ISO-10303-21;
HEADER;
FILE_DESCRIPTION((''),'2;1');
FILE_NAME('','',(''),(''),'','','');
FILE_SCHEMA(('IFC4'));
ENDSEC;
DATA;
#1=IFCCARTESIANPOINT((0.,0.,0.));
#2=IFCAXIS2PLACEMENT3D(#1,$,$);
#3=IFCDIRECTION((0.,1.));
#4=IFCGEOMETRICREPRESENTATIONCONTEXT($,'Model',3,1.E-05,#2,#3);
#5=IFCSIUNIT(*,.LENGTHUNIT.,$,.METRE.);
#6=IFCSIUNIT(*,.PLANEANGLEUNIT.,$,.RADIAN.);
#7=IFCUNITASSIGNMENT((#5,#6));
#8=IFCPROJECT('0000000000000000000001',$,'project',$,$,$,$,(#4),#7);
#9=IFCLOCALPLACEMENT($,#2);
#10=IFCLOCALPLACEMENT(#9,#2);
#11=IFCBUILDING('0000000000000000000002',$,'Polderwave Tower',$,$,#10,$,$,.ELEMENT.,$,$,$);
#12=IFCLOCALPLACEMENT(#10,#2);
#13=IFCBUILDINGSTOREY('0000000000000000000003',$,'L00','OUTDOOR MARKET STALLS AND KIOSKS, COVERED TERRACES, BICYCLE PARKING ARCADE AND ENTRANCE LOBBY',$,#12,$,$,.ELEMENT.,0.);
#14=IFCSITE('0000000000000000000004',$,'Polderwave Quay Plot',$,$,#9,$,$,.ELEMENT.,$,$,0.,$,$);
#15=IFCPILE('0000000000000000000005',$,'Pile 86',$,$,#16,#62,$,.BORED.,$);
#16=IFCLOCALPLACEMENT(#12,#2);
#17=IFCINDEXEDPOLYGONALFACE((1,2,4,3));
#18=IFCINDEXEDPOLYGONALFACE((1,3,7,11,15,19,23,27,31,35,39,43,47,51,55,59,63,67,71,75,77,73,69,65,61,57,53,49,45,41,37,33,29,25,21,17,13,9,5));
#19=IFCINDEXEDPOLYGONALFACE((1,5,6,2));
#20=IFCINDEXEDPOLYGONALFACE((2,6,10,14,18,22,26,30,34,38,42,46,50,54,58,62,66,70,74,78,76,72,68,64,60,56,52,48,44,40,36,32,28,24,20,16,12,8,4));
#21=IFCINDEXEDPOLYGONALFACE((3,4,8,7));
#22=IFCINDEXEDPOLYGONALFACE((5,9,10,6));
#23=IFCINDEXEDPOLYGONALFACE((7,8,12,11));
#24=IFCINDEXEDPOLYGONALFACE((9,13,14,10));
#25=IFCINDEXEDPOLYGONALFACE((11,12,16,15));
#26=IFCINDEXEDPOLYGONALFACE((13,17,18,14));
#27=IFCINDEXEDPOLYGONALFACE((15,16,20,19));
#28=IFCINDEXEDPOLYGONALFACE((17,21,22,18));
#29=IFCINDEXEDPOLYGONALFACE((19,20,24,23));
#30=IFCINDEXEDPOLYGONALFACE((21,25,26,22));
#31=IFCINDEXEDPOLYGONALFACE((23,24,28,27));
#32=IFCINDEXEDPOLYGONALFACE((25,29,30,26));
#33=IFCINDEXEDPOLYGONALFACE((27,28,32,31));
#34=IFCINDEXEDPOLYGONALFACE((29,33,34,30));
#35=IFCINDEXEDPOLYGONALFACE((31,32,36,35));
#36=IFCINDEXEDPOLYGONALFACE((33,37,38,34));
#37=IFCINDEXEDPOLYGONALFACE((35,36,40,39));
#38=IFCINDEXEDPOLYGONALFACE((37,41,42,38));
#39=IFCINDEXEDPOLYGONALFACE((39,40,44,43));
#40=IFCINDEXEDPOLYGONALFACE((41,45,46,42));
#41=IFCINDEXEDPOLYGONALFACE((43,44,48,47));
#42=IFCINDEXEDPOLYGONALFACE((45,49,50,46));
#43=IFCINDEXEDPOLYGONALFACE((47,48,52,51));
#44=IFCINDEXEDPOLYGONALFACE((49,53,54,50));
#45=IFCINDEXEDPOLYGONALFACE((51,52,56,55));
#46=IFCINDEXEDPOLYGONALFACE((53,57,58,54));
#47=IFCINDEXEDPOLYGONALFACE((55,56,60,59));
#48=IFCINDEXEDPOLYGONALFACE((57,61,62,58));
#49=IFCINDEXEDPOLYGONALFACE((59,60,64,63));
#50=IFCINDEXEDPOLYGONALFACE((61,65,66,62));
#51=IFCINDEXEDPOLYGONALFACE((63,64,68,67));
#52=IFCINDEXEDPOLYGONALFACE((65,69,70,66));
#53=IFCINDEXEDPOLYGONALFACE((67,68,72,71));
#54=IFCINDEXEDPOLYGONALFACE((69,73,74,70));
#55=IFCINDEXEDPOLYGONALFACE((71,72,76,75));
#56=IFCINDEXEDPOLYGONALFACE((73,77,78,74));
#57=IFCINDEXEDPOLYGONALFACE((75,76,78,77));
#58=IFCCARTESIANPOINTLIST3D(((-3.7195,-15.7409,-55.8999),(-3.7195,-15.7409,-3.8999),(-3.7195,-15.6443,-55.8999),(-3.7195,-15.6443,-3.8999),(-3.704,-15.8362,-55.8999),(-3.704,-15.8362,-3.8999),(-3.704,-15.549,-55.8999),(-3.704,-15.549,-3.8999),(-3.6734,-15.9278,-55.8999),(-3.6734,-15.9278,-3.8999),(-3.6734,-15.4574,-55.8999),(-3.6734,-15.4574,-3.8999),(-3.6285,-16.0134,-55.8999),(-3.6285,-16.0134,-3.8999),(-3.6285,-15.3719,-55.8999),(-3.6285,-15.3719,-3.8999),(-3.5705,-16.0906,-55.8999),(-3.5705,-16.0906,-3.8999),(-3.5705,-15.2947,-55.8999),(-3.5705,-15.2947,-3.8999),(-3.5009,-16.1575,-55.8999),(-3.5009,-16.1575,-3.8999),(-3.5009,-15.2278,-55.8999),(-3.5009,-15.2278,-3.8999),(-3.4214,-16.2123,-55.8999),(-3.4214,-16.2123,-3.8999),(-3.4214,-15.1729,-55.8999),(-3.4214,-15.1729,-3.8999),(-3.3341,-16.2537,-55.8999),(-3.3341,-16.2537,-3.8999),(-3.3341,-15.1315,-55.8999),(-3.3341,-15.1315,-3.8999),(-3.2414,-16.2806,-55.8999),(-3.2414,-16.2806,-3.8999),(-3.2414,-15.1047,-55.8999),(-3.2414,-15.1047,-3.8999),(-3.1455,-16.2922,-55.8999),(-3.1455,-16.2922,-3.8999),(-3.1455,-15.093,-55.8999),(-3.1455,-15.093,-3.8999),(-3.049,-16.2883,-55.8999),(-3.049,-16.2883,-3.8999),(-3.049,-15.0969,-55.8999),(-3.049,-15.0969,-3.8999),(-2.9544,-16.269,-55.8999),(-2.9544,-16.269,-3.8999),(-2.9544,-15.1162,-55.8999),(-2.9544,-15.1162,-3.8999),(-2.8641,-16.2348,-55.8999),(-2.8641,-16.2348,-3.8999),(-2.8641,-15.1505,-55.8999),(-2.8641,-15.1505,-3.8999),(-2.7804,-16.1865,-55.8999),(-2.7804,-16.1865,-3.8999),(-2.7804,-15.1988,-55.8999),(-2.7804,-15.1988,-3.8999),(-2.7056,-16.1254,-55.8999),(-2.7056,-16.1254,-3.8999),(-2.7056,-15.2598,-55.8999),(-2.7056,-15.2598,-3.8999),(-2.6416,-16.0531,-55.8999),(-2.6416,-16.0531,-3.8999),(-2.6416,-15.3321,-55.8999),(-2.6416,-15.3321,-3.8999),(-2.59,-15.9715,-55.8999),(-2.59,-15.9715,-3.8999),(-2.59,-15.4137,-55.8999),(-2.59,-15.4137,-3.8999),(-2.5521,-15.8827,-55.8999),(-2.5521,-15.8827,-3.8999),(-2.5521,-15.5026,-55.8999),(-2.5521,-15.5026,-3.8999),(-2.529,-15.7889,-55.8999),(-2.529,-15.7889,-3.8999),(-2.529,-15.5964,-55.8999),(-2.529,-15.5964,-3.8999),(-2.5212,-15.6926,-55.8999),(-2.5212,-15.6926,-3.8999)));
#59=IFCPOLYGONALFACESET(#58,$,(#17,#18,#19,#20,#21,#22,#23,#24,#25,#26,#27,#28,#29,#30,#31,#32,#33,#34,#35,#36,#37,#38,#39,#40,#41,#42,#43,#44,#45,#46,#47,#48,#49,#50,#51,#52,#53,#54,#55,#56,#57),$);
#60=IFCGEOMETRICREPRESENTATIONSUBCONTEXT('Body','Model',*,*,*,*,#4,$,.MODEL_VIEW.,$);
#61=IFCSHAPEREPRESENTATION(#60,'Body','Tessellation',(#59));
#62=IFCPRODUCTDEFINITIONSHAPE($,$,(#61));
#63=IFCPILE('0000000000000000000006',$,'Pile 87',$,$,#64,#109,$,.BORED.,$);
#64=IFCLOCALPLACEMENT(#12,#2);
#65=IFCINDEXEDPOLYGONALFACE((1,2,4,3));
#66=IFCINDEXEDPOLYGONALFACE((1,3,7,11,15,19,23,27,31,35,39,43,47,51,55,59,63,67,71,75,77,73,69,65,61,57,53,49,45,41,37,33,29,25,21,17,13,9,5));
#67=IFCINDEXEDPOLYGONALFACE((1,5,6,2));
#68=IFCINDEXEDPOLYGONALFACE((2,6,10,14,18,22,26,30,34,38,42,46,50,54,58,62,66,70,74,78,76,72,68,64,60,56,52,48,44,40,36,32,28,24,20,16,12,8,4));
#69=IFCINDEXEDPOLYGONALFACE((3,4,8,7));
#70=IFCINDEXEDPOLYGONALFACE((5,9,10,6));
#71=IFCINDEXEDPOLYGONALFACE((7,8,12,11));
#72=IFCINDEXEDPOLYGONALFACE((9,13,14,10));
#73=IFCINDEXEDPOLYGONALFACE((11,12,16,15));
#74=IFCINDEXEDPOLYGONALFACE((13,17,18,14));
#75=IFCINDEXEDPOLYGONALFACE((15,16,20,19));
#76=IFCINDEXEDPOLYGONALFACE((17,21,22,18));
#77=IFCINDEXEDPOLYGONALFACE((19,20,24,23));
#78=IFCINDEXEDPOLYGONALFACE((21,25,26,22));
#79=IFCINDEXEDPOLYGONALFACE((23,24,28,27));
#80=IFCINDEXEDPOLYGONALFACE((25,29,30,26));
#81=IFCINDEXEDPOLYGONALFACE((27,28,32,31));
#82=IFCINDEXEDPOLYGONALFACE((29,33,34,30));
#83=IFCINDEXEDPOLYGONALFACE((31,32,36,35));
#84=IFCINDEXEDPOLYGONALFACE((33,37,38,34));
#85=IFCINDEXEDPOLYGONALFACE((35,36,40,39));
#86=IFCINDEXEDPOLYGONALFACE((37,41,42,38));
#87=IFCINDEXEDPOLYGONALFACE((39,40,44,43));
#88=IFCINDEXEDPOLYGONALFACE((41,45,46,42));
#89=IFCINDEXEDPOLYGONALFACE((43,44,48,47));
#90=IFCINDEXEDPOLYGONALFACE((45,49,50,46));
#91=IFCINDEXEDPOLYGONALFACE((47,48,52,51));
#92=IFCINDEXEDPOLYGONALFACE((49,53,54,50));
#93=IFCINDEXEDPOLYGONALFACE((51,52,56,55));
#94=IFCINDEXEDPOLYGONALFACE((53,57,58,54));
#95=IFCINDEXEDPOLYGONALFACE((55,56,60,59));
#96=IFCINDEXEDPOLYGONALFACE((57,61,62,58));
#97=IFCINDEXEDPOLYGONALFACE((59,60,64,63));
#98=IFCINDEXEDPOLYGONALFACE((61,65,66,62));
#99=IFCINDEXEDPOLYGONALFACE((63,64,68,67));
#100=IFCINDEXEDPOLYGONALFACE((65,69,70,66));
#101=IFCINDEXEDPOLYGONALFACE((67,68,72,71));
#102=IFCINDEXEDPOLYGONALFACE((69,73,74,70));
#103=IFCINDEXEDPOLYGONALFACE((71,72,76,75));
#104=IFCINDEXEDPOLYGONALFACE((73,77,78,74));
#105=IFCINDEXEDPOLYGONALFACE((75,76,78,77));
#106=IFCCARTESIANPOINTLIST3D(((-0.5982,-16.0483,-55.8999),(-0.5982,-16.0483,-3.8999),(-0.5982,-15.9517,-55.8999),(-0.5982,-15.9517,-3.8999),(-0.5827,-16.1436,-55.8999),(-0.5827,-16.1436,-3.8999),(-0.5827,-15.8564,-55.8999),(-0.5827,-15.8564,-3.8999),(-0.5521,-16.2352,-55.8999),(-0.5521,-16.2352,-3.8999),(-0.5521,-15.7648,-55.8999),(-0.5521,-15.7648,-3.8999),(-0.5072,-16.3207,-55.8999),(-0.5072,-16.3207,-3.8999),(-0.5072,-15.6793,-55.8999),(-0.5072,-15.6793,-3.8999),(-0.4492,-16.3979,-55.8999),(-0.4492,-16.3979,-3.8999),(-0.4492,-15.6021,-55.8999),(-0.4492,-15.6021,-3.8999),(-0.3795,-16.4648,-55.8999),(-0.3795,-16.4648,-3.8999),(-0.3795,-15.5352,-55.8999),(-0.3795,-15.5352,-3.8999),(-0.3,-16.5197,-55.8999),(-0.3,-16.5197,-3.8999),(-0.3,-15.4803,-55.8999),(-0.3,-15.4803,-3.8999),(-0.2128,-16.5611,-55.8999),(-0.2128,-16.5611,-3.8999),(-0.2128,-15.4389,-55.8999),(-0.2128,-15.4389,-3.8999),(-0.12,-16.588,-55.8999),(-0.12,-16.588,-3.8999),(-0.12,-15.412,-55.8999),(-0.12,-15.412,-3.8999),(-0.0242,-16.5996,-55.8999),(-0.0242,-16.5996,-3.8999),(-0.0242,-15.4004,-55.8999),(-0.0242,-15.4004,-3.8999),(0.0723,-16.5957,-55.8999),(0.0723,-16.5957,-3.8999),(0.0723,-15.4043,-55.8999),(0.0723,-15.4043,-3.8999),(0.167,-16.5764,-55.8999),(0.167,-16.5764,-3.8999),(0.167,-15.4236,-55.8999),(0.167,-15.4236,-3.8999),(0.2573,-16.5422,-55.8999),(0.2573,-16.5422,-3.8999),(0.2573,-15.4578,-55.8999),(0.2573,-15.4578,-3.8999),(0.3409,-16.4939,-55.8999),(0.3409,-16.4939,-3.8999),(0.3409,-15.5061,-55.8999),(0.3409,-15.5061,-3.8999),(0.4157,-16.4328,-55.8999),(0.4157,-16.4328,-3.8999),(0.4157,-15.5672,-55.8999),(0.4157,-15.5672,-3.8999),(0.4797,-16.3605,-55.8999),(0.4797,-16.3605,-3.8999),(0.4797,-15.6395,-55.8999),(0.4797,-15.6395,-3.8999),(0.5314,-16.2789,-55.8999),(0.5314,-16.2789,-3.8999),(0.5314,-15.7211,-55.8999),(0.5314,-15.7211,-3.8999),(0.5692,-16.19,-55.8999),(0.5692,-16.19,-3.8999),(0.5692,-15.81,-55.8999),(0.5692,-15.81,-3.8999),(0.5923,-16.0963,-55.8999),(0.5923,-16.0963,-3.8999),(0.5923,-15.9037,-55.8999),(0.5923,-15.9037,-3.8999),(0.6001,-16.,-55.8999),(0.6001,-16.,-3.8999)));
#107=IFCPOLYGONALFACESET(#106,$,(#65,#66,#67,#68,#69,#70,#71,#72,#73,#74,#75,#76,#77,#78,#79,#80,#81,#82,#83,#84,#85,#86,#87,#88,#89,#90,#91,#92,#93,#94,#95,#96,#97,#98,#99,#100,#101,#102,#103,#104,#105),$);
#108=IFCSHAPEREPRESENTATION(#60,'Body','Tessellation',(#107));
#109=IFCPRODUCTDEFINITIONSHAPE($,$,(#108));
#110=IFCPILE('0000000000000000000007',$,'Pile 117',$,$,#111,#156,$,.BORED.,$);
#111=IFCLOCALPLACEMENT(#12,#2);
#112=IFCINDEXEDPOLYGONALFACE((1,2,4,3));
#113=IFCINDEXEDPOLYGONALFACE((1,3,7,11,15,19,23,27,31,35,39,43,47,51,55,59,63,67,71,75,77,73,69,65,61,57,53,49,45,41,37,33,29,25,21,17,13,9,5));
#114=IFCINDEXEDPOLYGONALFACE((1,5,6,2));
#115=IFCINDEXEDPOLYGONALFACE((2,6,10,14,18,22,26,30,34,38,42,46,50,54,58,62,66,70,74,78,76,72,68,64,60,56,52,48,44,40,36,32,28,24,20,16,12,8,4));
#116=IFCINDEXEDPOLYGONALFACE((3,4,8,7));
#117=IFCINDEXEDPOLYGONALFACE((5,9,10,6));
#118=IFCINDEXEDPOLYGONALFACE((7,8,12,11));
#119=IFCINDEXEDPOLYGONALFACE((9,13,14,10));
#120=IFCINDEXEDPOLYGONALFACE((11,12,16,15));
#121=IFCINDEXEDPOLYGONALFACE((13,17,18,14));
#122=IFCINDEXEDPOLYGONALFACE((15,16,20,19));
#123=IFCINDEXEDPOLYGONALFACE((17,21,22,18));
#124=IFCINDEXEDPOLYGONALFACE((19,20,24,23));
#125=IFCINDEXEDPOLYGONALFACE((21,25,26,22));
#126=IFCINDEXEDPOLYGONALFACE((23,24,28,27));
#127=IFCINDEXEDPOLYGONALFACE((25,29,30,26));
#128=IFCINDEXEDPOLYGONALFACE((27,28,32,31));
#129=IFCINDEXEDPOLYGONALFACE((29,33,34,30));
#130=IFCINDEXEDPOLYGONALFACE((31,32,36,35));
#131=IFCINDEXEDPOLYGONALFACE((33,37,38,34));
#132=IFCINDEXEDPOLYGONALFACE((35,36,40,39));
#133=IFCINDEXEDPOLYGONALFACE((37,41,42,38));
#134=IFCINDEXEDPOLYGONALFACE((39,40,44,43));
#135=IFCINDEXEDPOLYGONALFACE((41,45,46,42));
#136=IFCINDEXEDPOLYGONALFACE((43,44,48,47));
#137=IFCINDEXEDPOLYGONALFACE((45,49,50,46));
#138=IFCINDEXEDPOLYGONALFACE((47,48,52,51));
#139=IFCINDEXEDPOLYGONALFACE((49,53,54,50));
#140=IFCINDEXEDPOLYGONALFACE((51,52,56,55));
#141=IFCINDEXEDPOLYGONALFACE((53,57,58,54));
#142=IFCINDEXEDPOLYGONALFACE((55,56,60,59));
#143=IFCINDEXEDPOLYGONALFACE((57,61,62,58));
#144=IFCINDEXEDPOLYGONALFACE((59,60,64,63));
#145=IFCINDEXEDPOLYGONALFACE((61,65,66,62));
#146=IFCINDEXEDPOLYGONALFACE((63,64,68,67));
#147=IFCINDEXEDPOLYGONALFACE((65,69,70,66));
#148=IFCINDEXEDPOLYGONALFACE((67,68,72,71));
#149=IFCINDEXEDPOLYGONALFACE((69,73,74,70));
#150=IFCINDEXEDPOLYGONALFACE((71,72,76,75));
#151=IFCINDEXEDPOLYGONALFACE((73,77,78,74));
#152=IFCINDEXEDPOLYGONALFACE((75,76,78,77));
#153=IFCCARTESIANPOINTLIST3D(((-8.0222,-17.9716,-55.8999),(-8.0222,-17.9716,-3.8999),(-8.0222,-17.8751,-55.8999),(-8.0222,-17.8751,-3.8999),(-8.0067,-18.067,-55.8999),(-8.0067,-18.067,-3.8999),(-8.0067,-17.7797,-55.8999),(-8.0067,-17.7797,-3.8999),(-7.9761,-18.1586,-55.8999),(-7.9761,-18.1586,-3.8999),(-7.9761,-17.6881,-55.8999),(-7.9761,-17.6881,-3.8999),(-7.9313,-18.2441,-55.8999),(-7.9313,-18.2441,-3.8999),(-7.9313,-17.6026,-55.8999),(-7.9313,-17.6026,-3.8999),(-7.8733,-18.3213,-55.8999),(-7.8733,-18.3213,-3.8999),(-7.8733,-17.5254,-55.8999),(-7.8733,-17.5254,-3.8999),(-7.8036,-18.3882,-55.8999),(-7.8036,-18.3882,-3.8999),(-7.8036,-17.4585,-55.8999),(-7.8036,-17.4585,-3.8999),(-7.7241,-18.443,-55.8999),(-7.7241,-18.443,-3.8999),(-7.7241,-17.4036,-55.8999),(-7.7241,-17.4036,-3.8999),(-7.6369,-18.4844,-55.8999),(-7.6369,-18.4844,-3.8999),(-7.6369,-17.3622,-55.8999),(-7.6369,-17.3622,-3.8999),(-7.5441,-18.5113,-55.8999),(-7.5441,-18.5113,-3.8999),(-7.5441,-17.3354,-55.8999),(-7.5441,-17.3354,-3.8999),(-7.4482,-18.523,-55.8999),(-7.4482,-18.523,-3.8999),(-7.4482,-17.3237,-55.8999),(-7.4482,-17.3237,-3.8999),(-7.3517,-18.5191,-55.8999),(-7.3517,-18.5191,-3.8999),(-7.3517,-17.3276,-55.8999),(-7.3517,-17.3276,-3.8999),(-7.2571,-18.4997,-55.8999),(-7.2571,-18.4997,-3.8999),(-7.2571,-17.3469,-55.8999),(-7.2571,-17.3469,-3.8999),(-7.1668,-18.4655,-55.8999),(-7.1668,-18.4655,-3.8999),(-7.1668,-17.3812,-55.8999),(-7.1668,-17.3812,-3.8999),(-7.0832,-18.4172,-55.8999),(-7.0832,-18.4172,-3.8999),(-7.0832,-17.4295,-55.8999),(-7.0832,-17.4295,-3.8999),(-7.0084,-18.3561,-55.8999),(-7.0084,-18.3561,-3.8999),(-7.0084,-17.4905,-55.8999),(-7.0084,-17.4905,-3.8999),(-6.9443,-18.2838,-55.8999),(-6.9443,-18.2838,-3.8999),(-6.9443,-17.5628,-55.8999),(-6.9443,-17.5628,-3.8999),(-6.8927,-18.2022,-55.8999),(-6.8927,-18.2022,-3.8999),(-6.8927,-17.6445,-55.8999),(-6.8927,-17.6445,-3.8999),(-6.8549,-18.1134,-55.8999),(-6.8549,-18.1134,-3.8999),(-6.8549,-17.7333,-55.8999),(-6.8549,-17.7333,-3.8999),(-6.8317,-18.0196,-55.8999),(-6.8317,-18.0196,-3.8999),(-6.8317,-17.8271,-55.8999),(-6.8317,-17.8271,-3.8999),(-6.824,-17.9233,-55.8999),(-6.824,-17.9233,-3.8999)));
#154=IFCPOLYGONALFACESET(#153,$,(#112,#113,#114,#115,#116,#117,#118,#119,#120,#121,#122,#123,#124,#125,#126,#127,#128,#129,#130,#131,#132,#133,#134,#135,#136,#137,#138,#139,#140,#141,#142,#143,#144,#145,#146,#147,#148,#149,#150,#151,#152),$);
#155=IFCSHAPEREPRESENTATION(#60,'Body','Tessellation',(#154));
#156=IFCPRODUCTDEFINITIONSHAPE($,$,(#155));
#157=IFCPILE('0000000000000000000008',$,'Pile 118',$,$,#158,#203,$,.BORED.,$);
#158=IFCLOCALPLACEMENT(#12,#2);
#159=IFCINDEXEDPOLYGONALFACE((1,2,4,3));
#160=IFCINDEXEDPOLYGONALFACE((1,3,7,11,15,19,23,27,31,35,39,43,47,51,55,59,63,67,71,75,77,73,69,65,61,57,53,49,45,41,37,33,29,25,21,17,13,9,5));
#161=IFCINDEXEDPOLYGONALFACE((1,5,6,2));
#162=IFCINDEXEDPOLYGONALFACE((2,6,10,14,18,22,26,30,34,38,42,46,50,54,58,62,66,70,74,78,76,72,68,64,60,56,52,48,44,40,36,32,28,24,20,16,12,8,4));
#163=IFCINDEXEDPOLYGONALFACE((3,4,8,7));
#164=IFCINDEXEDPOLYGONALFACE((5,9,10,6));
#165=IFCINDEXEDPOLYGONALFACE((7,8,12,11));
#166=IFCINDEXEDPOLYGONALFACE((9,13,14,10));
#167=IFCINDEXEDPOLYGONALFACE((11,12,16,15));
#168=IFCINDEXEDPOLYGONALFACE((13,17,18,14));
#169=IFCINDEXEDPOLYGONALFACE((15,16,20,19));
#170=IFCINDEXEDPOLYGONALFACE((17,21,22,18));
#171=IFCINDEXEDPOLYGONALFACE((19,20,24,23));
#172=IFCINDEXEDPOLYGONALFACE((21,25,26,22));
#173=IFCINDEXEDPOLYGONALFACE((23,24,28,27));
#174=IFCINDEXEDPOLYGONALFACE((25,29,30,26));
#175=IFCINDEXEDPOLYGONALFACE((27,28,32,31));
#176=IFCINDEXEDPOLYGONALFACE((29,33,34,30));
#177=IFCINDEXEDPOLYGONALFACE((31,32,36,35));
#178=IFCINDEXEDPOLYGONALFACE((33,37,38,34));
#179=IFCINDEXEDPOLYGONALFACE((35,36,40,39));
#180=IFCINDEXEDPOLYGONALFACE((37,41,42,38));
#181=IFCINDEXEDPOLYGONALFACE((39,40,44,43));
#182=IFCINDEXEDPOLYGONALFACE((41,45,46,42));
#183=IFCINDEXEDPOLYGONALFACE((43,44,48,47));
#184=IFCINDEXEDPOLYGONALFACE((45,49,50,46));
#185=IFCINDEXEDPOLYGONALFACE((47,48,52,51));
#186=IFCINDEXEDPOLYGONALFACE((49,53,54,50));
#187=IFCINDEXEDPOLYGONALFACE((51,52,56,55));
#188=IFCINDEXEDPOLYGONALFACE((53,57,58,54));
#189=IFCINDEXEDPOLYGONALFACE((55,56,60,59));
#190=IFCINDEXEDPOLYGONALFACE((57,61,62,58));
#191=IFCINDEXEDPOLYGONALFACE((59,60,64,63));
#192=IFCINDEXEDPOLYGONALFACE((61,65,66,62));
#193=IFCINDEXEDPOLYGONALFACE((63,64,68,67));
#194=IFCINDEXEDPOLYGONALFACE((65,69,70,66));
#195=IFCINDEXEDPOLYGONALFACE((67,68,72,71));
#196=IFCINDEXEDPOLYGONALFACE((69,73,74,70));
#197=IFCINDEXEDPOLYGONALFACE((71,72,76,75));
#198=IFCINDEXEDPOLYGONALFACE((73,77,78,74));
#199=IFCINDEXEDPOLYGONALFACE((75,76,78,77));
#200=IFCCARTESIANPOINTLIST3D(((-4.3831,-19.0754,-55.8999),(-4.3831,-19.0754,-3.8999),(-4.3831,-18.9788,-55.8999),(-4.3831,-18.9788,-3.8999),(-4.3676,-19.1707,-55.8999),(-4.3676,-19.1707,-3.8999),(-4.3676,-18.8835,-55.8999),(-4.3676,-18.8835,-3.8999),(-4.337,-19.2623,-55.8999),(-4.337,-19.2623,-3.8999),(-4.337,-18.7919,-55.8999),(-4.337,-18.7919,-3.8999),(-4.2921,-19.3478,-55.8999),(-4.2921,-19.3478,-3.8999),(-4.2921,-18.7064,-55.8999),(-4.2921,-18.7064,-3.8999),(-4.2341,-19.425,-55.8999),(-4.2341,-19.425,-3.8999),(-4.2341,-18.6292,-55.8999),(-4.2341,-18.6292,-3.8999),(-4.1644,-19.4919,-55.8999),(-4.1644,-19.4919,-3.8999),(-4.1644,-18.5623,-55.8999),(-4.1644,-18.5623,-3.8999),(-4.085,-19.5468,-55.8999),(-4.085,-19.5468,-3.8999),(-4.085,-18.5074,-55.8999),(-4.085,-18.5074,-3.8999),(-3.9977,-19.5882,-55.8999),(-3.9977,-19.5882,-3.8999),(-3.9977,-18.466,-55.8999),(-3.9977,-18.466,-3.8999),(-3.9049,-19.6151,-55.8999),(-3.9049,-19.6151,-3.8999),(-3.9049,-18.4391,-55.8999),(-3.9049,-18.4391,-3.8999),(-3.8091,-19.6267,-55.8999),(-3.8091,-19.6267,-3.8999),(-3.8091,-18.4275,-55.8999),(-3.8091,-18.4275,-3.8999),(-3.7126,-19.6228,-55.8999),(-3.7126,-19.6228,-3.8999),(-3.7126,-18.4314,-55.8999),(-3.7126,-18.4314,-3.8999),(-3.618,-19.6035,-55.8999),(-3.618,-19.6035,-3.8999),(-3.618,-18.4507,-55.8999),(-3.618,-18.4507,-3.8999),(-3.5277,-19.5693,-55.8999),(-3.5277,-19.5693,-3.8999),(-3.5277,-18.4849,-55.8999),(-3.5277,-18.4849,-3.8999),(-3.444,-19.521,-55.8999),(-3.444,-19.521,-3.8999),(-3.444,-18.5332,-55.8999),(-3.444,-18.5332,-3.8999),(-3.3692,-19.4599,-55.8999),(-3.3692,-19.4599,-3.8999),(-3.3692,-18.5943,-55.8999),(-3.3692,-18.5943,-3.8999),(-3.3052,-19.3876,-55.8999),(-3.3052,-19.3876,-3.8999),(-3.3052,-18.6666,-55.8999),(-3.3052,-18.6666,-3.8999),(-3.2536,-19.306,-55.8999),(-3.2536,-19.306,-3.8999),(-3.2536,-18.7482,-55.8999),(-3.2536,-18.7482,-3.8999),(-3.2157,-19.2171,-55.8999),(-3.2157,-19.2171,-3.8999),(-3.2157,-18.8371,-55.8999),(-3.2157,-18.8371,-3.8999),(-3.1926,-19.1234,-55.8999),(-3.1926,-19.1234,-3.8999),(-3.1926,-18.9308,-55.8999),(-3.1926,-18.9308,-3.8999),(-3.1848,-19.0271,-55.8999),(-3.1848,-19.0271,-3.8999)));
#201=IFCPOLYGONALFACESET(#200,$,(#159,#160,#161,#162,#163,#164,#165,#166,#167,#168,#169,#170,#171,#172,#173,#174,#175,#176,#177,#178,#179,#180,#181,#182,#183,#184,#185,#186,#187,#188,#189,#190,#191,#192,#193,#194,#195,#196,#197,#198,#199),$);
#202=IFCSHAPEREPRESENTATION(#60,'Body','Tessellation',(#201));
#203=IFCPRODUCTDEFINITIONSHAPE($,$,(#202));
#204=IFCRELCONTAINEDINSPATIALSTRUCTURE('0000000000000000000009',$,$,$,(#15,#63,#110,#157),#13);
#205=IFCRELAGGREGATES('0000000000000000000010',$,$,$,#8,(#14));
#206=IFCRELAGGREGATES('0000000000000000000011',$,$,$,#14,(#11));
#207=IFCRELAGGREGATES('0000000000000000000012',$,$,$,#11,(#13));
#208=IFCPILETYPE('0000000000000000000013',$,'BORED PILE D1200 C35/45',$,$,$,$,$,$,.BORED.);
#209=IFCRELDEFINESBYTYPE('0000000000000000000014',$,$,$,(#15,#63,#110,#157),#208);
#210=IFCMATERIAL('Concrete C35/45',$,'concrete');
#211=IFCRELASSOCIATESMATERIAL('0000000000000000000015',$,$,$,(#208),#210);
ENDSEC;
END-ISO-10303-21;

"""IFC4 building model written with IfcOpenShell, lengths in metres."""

from ifc_helpers import new_model, si_unit, direction, frame, origin, origin_2d, place, context, subcontext, project, spatial, circle, extrude, material, material_profile, profile_set, type_object, element, save


model = new_model("IFC4")

# Units and contexts
model_context = context("Model", 3, precision=1e-05, world=origin(), true_north=direction((0.0, 1.0)))
body_context = subcontext(model_context, "Body", "Model", "MODEL_VIEW")
ifc_project = project(units=[si_unit("LENGTHUNIT", "METRE"), si_unit("PLANEANGLEUNIT", "RADIAN")], contexts=[model_context])

# Site, building, storey
site_placement = place(None, origin())
site = spatial("IfcSite", under=ifc_project, at=site_placement, Name="Polderwave Quay Plot", CompositionType="ELEMENT", RefElevation=0.0)
building_placement = place(site_placement, origin())
building = spatial("IfcBuilding", under=site, at=building_placement, Name="Polderwave Tower", CompositionType="ELEMENT")
storey_placement = place(building_placement, origin())
storey = spatial("IfcBuildingStorey", under=building, at=storey_placement, Name="L00", Description="OUTDOOR MARKET STALLS AND KIOSKS, COVERED TERRACES, BICYCLE PARKING ARCADE AND ENTRANCE LOBBY", CompositionType="ELEMENT", Elevation=0.0)

# Piles
ifc_material_1 = material(Name="Concrete C35/45", Category="concrete")
ifc_material_profile_1 = material_profile(ifc_material_1, circle(Radius=0.6001, at=origin_2d()), Name="BORED D1200")
ifc_profile_set_1 = profile_set([ifc_material_profile_1], Name="Concrete C35/45")
pile_type = type_object("IfcPileType", Name="BORED PILE D1200 C35/45", PredefinedType="BORED", material=ifc_profile_set_1)
for number, where, z_axis, x_axis, name in (
    (1, (-3.1213, -15.6926, -3.8999), (0.0, 0.0, -1.0), (1.0, 0.0, 0.0), "Pile 86"),
    (2, (0.0, -16.0, -3.8999), (0.0, 0.0, -1.0), (1.0, 0.0, 0.0), "Pile 87"),
    (3, (-7.4241, -17.9233, -3.8999), (0.0, 0.0, -1.0), (1.0, 0.0, 0.0), "Pile 117"),
    (4, (-3.7849, -19.0271, -3.8999), (0.0, 0.0, -1.0), (1.0, 0.0, 0.0), "Pile 118"),
):
    element("IfcPile", number, at=place(storey_placement, frame(where, z_axis=z_axis, x_axis=x_axis)), inside=storey, type_object=pile_type, Name=name, PredefinedType="BORED", context=body_context, shape_type="SweptSolid", body=[
        extrude(circle(Radius=0.6001, at=origin_2d()), origin(), (0.0, 0.0, 1.0), 52.0),
    ])

save(model, "model.ifc")
